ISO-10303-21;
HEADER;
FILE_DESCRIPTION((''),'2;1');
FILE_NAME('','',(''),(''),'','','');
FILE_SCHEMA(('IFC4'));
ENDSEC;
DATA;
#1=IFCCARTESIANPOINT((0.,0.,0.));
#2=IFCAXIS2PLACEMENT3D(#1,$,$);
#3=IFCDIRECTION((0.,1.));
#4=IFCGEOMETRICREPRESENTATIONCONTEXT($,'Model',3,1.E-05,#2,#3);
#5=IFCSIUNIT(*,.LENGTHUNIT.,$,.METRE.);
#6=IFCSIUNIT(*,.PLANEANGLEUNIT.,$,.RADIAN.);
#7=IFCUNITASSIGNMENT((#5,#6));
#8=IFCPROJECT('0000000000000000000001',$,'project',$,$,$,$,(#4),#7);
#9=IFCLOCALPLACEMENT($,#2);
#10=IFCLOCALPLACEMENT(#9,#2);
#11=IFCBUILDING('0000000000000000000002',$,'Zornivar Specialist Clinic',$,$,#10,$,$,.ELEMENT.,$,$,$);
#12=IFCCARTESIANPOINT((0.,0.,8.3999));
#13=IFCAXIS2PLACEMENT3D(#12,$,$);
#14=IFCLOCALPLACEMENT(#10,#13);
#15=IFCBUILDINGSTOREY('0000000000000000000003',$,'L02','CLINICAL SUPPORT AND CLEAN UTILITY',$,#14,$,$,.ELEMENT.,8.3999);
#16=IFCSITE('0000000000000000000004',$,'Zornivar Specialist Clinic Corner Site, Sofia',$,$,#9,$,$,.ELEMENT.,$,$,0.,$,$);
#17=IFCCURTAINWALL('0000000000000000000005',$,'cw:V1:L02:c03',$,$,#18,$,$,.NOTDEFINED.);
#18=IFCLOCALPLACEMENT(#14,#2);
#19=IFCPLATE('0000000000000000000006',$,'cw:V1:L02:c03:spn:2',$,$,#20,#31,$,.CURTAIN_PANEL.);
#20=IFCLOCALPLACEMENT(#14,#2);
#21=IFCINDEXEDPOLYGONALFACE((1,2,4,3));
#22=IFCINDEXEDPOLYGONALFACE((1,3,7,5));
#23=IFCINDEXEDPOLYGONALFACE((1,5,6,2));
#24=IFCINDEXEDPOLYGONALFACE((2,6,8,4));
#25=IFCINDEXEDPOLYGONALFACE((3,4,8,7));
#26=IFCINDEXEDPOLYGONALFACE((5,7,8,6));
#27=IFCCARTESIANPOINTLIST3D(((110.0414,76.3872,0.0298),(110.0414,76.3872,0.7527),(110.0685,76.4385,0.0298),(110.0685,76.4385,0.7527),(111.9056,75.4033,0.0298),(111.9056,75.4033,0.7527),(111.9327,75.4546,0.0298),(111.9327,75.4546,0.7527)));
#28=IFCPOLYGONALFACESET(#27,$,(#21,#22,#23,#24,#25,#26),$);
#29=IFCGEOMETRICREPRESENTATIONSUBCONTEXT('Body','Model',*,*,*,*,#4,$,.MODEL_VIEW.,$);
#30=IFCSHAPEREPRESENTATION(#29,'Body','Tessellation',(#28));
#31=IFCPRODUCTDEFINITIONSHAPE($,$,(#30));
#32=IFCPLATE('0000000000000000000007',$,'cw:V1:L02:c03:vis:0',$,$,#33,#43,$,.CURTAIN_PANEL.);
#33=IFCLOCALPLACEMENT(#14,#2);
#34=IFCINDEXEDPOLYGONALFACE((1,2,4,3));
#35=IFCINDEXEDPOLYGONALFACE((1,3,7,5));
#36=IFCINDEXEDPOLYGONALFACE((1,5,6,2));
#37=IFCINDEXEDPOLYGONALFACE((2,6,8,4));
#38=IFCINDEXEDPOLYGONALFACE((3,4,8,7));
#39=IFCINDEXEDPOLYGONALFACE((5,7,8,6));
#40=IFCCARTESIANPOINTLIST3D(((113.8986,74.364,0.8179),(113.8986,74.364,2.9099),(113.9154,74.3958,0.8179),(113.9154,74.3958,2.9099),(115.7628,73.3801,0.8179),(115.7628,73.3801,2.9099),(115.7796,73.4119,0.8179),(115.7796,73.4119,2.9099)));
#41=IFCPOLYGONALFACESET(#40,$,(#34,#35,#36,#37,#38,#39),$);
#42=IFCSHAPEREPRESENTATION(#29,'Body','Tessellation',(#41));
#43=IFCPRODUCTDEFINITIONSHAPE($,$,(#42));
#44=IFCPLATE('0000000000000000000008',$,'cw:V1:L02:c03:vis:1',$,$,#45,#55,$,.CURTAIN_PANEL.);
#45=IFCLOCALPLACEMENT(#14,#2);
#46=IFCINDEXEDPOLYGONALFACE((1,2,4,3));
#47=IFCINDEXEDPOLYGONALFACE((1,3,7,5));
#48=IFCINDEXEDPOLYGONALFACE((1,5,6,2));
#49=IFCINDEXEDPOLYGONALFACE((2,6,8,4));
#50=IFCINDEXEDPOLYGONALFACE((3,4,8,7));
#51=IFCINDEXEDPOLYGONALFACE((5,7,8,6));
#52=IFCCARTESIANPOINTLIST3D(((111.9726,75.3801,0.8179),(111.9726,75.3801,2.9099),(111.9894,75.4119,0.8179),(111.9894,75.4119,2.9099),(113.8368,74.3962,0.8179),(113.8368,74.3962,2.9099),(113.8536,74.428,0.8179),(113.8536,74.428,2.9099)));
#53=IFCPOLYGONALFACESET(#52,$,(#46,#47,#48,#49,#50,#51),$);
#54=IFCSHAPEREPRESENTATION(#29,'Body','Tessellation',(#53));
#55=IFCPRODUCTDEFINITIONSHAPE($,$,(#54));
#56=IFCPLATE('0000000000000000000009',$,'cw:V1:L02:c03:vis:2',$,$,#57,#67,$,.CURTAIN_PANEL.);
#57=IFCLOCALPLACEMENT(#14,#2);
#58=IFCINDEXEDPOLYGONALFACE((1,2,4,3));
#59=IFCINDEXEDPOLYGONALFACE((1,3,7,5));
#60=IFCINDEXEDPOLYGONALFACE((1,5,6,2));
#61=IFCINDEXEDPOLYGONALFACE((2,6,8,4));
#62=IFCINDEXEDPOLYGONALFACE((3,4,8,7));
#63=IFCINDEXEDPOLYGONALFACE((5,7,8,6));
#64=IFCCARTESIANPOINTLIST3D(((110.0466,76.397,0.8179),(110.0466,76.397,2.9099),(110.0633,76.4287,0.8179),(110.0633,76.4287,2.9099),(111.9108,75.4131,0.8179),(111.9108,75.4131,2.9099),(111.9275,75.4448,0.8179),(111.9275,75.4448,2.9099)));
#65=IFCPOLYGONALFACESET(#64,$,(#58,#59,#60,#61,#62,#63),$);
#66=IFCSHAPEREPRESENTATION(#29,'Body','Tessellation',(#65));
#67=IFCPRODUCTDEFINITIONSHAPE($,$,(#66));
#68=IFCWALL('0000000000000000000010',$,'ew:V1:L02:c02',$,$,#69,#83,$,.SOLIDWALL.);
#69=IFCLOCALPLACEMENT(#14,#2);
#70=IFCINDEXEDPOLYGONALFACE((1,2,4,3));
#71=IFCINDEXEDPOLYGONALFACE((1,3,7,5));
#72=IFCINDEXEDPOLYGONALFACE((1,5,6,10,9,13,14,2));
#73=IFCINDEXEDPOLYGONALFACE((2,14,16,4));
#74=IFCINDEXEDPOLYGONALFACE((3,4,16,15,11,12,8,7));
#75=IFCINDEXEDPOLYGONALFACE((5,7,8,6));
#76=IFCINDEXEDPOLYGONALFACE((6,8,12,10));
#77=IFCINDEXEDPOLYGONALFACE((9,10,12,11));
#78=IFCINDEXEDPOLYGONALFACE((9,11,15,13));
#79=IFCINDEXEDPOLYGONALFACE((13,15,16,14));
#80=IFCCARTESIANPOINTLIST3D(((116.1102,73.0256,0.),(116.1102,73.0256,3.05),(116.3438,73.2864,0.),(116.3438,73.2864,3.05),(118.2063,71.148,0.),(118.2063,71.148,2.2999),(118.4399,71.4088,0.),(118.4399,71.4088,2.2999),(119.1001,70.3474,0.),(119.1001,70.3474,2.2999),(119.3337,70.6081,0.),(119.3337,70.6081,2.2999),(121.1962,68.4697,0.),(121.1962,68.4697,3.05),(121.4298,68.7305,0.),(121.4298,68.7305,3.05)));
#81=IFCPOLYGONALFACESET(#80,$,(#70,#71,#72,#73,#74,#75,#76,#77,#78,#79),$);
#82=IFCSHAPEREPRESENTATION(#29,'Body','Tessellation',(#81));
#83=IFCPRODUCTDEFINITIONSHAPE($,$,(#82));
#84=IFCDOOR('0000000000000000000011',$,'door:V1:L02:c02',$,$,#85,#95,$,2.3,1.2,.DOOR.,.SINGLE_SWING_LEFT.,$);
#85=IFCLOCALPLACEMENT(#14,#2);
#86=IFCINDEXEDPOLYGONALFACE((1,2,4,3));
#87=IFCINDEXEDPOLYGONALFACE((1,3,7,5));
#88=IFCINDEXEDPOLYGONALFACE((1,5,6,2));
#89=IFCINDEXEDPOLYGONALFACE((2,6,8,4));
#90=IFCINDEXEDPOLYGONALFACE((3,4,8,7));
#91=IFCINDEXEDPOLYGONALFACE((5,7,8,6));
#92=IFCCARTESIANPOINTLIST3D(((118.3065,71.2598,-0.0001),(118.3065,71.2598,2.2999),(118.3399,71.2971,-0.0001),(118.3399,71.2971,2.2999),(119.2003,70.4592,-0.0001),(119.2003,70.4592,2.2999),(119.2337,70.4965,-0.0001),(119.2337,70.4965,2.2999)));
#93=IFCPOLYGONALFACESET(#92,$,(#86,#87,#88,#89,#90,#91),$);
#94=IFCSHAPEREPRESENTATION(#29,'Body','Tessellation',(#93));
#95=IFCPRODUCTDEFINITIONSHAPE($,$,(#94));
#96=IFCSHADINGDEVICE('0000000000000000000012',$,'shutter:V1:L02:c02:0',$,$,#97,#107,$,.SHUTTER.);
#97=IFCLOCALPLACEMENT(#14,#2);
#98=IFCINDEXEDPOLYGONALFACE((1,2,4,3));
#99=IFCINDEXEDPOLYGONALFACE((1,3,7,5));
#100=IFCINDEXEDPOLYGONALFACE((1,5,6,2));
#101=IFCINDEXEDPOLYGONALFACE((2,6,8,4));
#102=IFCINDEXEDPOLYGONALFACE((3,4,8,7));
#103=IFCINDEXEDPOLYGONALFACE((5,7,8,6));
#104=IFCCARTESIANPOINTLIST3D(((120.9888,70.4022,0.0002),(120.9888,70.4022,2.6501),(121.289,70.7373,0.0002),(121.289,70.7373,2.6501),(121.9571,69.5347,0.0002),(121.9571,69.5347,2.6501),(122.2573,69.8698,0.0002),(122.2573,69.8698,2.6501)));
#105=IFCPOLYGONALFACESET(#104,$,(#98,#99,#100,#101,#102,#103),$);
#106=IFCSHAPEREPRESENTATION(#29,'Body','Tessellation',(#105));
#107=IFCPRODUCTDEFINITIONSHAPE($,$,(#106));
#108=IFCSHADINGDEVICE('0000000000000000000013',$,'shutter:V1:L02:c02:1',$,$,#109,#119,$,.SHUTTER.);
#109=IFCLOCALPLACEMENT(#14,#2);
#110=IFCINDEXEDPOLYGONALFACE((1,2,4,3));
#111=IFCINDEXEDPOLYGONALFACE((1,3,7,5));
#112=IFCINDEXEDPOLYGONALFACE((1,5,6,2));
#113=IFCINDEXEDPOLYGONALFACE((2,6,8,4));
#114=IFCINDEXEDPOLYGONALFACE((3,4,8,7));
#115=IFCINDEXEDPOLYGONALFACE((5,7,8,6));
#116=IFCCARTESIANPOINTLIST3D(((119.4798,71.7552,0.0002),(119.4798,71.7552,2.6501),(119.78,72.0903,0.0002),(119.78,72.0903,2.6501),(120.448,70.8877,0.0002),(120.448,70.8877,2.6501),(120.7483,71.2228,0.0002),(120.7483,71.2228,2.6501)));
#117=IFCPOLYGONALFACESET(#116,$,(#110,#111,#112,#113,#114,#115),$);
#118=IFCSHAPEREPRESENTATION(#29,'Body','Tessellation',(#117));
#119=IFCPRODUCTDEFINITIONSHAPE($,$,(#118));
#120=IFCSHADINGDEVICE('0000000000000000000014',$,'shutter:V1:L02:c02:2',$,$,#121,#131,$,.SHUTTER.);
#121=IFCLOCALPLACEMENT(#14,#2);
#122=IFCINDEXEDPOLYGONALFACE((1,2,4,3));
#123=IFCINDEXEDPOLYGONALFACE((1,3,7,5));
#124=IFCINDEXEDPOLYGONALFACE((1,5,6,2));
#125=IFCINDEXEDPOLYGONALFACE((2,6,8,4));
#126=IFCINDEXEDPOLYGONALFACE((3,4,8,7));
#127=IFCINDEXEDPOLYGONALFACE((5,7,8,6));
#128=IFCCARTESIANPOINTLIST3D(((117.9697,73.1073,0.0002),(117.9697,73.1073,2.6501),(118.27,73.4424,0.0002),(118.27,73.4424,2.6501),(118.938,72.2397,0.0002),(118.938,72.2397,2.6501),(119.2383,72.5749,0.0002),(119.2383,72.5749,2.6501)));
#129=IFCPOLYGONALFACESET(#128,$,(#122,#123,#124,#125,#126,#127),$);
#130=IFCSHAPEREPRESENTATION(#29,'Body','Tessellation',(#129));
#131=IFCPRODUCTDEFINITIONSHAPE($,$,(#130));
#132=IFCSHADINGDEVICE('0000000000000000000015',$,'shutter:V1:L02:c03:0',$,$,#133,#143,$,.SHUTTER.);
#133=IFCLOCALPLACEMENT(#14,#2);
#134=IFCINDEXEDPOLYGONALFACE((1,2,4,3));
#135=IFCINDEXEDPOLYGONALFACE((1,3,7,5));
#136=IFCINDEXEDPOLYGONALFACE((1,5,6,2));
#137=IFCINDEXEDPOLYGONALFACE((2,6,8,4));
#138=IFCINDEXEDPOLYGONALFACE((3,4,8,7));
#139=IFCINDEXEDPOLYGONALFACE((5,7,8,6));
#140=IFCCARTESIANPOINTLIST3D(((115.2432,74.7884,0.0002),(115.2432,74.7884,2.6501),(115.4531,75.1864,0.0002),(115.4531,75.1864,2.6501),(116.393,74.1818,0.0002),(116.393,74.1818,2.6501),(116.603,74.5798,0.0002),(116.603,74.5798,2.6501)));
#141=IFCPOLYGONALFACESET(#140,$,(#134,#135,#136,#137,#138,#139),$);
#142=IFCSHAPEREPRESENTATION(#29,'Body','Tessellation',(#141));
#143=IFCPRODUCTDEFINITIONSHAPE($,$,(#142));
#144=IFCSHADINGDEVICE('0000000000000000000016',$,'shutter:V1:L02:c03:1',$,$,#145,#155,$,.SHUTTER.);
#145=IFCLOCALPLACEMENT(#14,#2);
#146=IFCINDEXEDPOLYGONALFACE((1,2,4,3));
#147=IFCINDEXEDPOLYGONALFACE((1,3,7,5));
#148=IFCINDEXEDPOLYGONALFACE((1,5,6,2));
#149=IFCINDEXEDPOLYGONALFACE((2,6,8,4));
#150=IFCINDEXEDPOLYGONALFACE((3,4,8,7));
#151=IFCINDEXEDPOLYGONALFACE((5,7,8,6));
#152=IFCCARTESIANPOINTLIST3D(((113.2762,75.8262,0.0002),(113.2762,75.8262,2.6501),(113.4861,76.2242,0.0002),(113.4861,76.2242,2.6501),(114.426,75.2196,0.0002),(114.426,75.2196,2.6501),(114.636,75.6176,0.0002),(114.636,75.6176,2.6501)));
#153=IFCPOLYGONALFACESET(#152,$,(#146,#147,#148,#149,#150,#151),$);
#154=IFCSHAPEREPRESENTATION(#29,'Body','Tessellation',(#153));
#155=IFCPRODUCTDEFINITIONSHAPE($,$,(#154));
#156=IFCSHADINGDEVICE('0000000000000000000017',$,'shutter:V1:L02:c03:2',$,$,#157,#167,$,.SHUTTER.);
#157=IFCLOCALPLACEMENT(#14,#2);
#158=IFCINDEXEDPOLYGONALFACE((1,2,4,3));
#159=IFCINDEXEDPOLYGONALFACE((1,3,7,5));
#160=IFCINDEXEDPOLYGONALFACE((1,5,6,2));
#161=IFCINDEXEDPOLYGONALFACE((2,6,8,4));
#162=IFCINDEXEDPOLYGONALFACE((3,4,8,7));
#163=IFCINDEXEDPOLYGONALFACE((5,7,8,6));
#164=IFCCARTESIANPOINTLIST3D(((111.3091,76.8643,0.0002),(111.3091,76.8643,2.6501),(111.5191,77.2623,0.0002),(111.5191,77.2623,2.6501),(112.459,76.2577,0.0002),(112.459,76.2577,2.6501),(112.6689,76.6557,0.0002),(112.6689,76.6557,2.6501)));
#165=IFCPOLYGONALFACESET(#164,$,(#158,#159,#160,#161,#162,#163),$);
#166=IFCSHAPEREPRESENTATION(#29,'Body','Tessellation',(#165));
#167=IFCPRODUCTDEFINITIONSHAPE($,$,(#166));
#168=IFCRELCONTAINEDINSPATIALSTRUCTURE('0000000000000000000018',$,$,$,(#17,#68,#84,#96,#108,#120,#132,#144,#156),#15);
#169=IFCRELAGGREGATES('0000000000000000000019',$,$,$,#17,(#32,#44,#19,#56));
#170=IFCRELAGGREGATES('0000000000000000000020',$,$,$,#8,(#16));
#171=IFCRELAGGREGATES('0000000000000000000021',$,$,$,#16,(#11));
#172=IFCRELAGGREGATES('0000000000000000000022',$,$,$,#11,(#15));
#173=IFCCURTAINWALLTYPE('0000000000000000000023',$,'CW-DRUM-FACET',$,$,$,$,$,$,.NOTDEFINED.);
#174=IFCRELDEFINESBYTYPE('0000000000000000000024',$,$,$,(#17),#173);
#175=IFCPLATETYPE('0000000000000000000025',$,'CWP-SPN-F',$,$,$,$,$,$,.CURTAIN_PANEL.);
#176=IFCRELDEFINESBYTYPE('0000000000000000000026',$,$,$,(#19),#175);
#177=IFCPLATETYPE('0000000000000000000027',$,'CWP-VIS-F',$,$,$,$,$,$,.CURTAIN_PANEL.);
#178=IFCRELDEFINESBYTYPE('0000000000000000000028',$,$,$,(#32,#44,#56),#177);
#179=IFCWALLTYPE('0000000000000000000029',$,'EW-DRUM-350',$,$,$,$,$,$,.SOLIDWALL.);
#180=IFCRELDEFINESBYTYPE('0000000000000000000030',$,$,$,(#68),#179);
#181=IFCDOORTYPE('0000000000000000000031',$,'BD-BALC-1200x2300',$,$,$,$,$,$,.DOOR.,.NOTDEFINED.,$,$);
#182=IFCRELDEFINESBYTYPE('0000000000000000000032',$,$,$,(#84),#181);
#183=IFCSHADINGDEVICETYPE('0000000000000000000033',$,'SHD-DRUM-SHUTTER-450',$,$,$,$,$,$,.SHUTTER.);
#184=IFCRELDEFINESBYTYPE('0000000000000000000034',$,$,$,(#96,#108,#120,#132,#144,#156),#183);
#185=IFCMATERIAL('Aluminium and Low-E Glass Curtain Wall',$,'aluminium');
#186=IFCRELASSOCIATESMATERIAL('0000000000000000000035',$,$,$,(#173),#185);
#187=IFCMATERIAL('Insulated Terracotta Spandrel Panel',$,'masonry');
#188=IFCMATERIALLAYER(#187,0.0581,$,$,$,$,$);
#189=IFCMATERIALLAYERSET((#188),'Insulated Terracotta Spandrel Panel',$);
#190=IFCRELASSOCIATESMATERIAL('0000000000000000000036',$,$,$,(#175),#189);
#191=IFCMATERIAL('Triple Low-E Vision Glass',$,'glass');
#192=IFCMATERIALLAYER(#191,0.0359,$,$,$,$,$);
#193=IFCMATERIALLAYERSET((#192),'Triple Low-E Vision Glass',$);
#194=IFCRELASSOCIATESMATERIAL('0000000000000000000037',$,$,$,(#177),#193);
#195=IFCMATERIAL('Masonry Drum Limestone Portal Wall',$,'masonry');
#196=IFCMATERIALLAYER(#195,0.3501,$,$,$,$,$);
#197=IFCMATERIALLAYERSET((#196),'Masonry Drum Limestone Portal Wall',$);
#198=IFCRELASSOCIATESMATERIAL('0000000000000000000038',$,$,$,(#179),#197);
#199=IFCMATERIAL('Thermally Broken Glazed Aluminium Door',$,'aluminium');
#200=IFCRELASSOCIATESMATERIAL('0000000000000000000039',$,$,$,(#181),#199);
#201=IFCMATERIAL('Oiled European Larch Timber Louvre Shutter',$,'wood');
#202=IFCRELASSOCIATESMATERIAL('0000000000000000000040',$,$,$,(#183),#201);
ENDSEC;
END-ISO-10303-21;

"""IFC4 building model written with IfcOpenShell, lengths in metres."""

from ifc_helpers import new_model, si_unit, direction, frame, frame_2d, origin, origin_2d, place, context, subcontext, project, spatial, rectangle, extrude, material, layer, layer_set, type_object, element, fill, aggregate, save


model = new_model("IFC4")

# Units and contexts
model_context = context("Model", 3, precision=1e-05, world=origin(), true_north=direction((0.0, 1.0)))
body_context = subcontext(model_context, "Body", "Model", "MODEL_VIEW")
ifc_project = project(units=[si_unit("LENGTHUNIT", "METRE"), si_unit("PLANEANGLEUNIT", "RADIAN")], contexts=[model_context])

# Site, building, storey
site_placement = place(None, origin())
site = spatial("IfcSite", under=ifc_project, at=site_placement, Name="Zornivar Specialist Clinic Corner Site, Sofia", CompositionType="ELEMENT", RefElevation=0.0)
building_placement = place(site_placement, origin())
building = spatial("IfcBuilding", under=site, at=building_placement, Name="Zornivar Specialist Clinic", CompositionType="ELEMENT")
storey_placement = place(building_placement, frame((0.0, 0.0, 8.3999)))
storey = spatial("IfcBuildingStorey", under=building, at=storey_placement, Name="L02", Description="CLINICAL SUPPORT AND CLEAN UTILITY", CompositionType="ELEMENT", Elevation=8.3999)

# Shared definitions
ifc_material_1 = material(Name="Aluminium and Low-E Glass Curtain Wall", Category="aluminium")
curtain_wall_type = type_object("IfcCurtainWallType", Name="CW-DRUM-FACET", PredefinedType="NOTDEFINED", material=ifc_material_1)

# Curtain wall, plates
curtain_wall_1_placement = place(storey_placement, origin())
curtain_wall_1 = element("IfcCurtainWall", 1, at=curtain_wall_1_placement, inside=storey, type_object=curtain_wall_type, Name="cw:V1:L02:c03", PredefinedType="NOTDEFINED")
ifc_material_2 = material(Name="Insulated Terracotta Spandrel Panel", Category="masonry")
ifc_layer_1 = layer(ifc_material_2, 0.0581)
ifc_layer_set_1 = layer_set([ifc_layer_1], Name="Insulated Terracotta Spandrel Panel")
plate_type_1 = type_object("IfcPlateType", Name="CWP-SPN-F", PredefinedType="CURTAIN_PANEL", material=ifc_layer_set_1)
plate_1_placement = place(storey_placement, frame((110.9871, 75.9209, 0.0298), z_axis=(0.0, 0.0, 1.0), x_axis=(-0.884383, 0.466762, 0.0)))
plate_1 = element("IfcPlate", 2, at=plate_1_placement, type_object=plate_type_1, Name="cw:V1:L02:c03:spn:2", PredefinedType="CURTAIN_PANEL", context=body_context, shape_type="SweptSolid", body=[
    extrude(rectangle(XDim=2.1079, YDim=0.0581, at=origin_2d()), origin(), (0.0, 0.0, 1.0), 0.7229),
])
ifc_material_3 = material(Name="Triple Low-E Vision Glass", Category="glass")
ifc_layer_2 = layer(ifc_material_3, 0.0359)
ifc_layer_set_2 = layer_set([ifc_layer_2], Name="Triple Low-E Vision Glass")
plate_type_2 = type_object("IfcPlateType", Name="CWP-VIS-F", PredefinedType="CURTAIN_PANEL", material=ifc_layer_set_2)
plate_2_placement = place(storey_placement, frame((114.8391, 73.8879, 0.8179), z_axis=(0.0, 0.0, 1.0), x_axis=(-0.884383, 0.466762, 0.0)))
plate_2 = element("IfcPlate", 3, at=plate_2_placement, type_object=plate_type_2, Name="cw:V1:L02:c03:vis:0", PredefinedType="CURTAIN_PANEL", context=body_context, shape_type="SweptSolid", body=[
    extrude(rectangle(XDim=2.1079, YDim=0.0359, at=origin_2d()), origin(), (0.0, 0.0, 1.0), 2.092),
])
plate_3_placement = place(storey_placement, frame((112.9131, 74.9041, 0.8179), z_axis=(0.0, 0.0, 1.0), x_axis=(-0.884383, 0.466762, 0.0)))
plate_3 = element("IfcPlate", 4, at=plate_3_placement, type_object=plate_type_2, Name="cw:V1:L02:c03:vis:1", PredefinedType="CURTAIN_PANEL", context=body_context, shape_type="SweptSolid", body=[
    extrude(rectangle(XDim=2.1079, YDim=0.0359, at=origin_2d()), origin(), (0.0, 0.0, 1.0), 2.092),
])
plate_4_placement = place(storey_placement, frame((110.9871, 75.9209, 0.8179), z_axis=(0.0, 0.0, 1.0), x_axis=(-0.884383, 0.466762, 0.0)))
plate_4 = element("IfcPlate", 5, at=plate_4_placement, type_object=plate_type_2, Name="cw:V1:L02:c03:vis:2", PredefinedType="CURTAIN_PANEL", context=body_context, shape_type="SweptSolid", body=[
    extrude(rectangle(XDim=2.1079, YDim=0.0359, at=origin_2d()), origin(), (0.0, 0.0, 1.0), 2.092),
])
aggregate(curtain_wall_1, [plate_2, plate_3, plate_1, plate_4])

# Wall, opening, door
ifc_material_4 = material(Name="Masonry Drum Limestone Portal Wall", Category="masonry")
ifc_layer_3 = layer(ifc_material_4, 0.3501)
ifc_layer_set_3 = layer_set([ifc_layer_3], Name="Masonry Drum Limestone Portal Wall")
wall_type = type_object("IfcWallType", Name="EW-DRUM-350", PredefinedType="SOLIDWALL", material=ifc_layer_set_3)
wall_placement = place(storey_placement, frame((121.313, 68.6001, 0.0), z_axis=(0.0, 0.0, 1.0), x_axis=(-0.744853, 0.667228, 0.0)))
wall = element("IfcWall", 6, at=wall_placement, inside=storey, type_object=wall_type, Name="ew:V1:L02:c02", PredefinedType="SOLIDWALL", context=body_context, shape_type="SweptSolid", body=[
    extrude(rectangle(XDim=6.8281, YDim=0.3501, at=frame_2d((3.4141, 0.0))), origin(), (0.0, 0.0, 1.0), 3.05),
])
opening_placement = place(wall_placement, frame((2.814, 0.0, 0.0)))
opening = element("IfcOpeningElement", 7, at=opening_placement, cuts=wall, PredefinedType="OPENING", context=body_context, shape_type="SweptSolid", body=[
    extrude(rectangle(XDim=1.2, YDim=2.3, at=frame_2d((0.6001, 1.1499))), frame((0.0, 0.1851, 0.0), z_axis=(0.0, -1.0, 0.0), x_axis=(1.0, 0.0, 0.0)), (0.0, 0.0, 1.0), 0.3701),
])
ifc_material_5 = material(Name="Thermally Broken Glazed Aluminium Door", Category="aluminium")
door_type = type_object("IfcDoorType", Name="BD-BALC-1200x2300", OperationType="NOTDEFINED", PredefinedType="DOOR", material=ifc_material_5)
door_placement = place(opening_placement, origin())
door = element("IfcDoor", 8, at=door_placement, inside=storey, type_object=door_type, Name="door:V1:L02:c02", OperationType="SINGLE_SWING_LEFT", OverallHeight=2.3, OverallWidth=1.2, PredefinedType="DOOR", context=body_context, shape_type="SweptSolid", body=[
    extrude(rectangle(XDim=1.2, YDim=2.3, at=frame_2d((0.6001, 1.1499))), frame((0.0, 0.0249, 0.0), z_axis=(0.0, -1.0, 0.0), x_axis=(1.0, 0.0, 0.0)), (0.0, 0.0, 1.0), 0.05),
])
fill(opening, door)

# Shading devices
ifc_material_6 = material(Name="Oiled European Larch Timber Louvre Shutter", Category="wood")
shading_device_type = type_object("IfcShadingDeviceType", Name="SHD-DRUM-SHUTTER-450", PredefinedType="SHUTTER", material=ifc_material_6)
for number, where, z_axis, x_axis, name in (
    (9, (121.623, 70.136, 0.0002), (0.0, 0.0, 1.0), (-0.744797, 0.667291, 0.0), "shutter:V1:L02:c02:0"),
    (10, (120.114, 71.489, 0.0002), (0.0, 0.0, 1.0), (-0.744797, 0.667291, 0.0), "shutter:V1:L02:c02:1"),
    (11, (118.604, 72.8411, 0.0002), (0.0, 0.0, 1.0), (-0.744797, 0.667291, 0.0), "shutter:V1:L02:c02:2"),
    (12, (115.9231, 74.6841, 0.0002), (0.0, 0.0, 1.0), (-0.88447, 0.466597, 0.0), "shutter:V1:L02:c03:0"),
    (13, (113.9561, 75.7219, 0.0002), (0.0, 0.0, 1.0), (-0.88447, 0.466597, 0.0), "shutter:V1:L02:c03:1"),
    (14, (111.989, 76.76, 0.0002), (0.0, 0.0, 1.0), (-0.88447, 0.466597, 0.0), "shutter:V1:L02:c03:2"),
):
    element("IfcShadingDevice", number, at=place(storey_placement, frame(where, z_axis=z_axis, x_axis=x_axis)), inside=storey, type_object=shading_device_type, Name=name, PredefinedType="SHUTTER", context=body_context, shape_type="SweptSolid", body=[
        extrude(rectangle(XDim=1.3, YDim=0.45, at=origin_2d()), origin(), (0.0, 0.0, 1.0), 2.6499),
    ])

save(model, "model.ifc")
